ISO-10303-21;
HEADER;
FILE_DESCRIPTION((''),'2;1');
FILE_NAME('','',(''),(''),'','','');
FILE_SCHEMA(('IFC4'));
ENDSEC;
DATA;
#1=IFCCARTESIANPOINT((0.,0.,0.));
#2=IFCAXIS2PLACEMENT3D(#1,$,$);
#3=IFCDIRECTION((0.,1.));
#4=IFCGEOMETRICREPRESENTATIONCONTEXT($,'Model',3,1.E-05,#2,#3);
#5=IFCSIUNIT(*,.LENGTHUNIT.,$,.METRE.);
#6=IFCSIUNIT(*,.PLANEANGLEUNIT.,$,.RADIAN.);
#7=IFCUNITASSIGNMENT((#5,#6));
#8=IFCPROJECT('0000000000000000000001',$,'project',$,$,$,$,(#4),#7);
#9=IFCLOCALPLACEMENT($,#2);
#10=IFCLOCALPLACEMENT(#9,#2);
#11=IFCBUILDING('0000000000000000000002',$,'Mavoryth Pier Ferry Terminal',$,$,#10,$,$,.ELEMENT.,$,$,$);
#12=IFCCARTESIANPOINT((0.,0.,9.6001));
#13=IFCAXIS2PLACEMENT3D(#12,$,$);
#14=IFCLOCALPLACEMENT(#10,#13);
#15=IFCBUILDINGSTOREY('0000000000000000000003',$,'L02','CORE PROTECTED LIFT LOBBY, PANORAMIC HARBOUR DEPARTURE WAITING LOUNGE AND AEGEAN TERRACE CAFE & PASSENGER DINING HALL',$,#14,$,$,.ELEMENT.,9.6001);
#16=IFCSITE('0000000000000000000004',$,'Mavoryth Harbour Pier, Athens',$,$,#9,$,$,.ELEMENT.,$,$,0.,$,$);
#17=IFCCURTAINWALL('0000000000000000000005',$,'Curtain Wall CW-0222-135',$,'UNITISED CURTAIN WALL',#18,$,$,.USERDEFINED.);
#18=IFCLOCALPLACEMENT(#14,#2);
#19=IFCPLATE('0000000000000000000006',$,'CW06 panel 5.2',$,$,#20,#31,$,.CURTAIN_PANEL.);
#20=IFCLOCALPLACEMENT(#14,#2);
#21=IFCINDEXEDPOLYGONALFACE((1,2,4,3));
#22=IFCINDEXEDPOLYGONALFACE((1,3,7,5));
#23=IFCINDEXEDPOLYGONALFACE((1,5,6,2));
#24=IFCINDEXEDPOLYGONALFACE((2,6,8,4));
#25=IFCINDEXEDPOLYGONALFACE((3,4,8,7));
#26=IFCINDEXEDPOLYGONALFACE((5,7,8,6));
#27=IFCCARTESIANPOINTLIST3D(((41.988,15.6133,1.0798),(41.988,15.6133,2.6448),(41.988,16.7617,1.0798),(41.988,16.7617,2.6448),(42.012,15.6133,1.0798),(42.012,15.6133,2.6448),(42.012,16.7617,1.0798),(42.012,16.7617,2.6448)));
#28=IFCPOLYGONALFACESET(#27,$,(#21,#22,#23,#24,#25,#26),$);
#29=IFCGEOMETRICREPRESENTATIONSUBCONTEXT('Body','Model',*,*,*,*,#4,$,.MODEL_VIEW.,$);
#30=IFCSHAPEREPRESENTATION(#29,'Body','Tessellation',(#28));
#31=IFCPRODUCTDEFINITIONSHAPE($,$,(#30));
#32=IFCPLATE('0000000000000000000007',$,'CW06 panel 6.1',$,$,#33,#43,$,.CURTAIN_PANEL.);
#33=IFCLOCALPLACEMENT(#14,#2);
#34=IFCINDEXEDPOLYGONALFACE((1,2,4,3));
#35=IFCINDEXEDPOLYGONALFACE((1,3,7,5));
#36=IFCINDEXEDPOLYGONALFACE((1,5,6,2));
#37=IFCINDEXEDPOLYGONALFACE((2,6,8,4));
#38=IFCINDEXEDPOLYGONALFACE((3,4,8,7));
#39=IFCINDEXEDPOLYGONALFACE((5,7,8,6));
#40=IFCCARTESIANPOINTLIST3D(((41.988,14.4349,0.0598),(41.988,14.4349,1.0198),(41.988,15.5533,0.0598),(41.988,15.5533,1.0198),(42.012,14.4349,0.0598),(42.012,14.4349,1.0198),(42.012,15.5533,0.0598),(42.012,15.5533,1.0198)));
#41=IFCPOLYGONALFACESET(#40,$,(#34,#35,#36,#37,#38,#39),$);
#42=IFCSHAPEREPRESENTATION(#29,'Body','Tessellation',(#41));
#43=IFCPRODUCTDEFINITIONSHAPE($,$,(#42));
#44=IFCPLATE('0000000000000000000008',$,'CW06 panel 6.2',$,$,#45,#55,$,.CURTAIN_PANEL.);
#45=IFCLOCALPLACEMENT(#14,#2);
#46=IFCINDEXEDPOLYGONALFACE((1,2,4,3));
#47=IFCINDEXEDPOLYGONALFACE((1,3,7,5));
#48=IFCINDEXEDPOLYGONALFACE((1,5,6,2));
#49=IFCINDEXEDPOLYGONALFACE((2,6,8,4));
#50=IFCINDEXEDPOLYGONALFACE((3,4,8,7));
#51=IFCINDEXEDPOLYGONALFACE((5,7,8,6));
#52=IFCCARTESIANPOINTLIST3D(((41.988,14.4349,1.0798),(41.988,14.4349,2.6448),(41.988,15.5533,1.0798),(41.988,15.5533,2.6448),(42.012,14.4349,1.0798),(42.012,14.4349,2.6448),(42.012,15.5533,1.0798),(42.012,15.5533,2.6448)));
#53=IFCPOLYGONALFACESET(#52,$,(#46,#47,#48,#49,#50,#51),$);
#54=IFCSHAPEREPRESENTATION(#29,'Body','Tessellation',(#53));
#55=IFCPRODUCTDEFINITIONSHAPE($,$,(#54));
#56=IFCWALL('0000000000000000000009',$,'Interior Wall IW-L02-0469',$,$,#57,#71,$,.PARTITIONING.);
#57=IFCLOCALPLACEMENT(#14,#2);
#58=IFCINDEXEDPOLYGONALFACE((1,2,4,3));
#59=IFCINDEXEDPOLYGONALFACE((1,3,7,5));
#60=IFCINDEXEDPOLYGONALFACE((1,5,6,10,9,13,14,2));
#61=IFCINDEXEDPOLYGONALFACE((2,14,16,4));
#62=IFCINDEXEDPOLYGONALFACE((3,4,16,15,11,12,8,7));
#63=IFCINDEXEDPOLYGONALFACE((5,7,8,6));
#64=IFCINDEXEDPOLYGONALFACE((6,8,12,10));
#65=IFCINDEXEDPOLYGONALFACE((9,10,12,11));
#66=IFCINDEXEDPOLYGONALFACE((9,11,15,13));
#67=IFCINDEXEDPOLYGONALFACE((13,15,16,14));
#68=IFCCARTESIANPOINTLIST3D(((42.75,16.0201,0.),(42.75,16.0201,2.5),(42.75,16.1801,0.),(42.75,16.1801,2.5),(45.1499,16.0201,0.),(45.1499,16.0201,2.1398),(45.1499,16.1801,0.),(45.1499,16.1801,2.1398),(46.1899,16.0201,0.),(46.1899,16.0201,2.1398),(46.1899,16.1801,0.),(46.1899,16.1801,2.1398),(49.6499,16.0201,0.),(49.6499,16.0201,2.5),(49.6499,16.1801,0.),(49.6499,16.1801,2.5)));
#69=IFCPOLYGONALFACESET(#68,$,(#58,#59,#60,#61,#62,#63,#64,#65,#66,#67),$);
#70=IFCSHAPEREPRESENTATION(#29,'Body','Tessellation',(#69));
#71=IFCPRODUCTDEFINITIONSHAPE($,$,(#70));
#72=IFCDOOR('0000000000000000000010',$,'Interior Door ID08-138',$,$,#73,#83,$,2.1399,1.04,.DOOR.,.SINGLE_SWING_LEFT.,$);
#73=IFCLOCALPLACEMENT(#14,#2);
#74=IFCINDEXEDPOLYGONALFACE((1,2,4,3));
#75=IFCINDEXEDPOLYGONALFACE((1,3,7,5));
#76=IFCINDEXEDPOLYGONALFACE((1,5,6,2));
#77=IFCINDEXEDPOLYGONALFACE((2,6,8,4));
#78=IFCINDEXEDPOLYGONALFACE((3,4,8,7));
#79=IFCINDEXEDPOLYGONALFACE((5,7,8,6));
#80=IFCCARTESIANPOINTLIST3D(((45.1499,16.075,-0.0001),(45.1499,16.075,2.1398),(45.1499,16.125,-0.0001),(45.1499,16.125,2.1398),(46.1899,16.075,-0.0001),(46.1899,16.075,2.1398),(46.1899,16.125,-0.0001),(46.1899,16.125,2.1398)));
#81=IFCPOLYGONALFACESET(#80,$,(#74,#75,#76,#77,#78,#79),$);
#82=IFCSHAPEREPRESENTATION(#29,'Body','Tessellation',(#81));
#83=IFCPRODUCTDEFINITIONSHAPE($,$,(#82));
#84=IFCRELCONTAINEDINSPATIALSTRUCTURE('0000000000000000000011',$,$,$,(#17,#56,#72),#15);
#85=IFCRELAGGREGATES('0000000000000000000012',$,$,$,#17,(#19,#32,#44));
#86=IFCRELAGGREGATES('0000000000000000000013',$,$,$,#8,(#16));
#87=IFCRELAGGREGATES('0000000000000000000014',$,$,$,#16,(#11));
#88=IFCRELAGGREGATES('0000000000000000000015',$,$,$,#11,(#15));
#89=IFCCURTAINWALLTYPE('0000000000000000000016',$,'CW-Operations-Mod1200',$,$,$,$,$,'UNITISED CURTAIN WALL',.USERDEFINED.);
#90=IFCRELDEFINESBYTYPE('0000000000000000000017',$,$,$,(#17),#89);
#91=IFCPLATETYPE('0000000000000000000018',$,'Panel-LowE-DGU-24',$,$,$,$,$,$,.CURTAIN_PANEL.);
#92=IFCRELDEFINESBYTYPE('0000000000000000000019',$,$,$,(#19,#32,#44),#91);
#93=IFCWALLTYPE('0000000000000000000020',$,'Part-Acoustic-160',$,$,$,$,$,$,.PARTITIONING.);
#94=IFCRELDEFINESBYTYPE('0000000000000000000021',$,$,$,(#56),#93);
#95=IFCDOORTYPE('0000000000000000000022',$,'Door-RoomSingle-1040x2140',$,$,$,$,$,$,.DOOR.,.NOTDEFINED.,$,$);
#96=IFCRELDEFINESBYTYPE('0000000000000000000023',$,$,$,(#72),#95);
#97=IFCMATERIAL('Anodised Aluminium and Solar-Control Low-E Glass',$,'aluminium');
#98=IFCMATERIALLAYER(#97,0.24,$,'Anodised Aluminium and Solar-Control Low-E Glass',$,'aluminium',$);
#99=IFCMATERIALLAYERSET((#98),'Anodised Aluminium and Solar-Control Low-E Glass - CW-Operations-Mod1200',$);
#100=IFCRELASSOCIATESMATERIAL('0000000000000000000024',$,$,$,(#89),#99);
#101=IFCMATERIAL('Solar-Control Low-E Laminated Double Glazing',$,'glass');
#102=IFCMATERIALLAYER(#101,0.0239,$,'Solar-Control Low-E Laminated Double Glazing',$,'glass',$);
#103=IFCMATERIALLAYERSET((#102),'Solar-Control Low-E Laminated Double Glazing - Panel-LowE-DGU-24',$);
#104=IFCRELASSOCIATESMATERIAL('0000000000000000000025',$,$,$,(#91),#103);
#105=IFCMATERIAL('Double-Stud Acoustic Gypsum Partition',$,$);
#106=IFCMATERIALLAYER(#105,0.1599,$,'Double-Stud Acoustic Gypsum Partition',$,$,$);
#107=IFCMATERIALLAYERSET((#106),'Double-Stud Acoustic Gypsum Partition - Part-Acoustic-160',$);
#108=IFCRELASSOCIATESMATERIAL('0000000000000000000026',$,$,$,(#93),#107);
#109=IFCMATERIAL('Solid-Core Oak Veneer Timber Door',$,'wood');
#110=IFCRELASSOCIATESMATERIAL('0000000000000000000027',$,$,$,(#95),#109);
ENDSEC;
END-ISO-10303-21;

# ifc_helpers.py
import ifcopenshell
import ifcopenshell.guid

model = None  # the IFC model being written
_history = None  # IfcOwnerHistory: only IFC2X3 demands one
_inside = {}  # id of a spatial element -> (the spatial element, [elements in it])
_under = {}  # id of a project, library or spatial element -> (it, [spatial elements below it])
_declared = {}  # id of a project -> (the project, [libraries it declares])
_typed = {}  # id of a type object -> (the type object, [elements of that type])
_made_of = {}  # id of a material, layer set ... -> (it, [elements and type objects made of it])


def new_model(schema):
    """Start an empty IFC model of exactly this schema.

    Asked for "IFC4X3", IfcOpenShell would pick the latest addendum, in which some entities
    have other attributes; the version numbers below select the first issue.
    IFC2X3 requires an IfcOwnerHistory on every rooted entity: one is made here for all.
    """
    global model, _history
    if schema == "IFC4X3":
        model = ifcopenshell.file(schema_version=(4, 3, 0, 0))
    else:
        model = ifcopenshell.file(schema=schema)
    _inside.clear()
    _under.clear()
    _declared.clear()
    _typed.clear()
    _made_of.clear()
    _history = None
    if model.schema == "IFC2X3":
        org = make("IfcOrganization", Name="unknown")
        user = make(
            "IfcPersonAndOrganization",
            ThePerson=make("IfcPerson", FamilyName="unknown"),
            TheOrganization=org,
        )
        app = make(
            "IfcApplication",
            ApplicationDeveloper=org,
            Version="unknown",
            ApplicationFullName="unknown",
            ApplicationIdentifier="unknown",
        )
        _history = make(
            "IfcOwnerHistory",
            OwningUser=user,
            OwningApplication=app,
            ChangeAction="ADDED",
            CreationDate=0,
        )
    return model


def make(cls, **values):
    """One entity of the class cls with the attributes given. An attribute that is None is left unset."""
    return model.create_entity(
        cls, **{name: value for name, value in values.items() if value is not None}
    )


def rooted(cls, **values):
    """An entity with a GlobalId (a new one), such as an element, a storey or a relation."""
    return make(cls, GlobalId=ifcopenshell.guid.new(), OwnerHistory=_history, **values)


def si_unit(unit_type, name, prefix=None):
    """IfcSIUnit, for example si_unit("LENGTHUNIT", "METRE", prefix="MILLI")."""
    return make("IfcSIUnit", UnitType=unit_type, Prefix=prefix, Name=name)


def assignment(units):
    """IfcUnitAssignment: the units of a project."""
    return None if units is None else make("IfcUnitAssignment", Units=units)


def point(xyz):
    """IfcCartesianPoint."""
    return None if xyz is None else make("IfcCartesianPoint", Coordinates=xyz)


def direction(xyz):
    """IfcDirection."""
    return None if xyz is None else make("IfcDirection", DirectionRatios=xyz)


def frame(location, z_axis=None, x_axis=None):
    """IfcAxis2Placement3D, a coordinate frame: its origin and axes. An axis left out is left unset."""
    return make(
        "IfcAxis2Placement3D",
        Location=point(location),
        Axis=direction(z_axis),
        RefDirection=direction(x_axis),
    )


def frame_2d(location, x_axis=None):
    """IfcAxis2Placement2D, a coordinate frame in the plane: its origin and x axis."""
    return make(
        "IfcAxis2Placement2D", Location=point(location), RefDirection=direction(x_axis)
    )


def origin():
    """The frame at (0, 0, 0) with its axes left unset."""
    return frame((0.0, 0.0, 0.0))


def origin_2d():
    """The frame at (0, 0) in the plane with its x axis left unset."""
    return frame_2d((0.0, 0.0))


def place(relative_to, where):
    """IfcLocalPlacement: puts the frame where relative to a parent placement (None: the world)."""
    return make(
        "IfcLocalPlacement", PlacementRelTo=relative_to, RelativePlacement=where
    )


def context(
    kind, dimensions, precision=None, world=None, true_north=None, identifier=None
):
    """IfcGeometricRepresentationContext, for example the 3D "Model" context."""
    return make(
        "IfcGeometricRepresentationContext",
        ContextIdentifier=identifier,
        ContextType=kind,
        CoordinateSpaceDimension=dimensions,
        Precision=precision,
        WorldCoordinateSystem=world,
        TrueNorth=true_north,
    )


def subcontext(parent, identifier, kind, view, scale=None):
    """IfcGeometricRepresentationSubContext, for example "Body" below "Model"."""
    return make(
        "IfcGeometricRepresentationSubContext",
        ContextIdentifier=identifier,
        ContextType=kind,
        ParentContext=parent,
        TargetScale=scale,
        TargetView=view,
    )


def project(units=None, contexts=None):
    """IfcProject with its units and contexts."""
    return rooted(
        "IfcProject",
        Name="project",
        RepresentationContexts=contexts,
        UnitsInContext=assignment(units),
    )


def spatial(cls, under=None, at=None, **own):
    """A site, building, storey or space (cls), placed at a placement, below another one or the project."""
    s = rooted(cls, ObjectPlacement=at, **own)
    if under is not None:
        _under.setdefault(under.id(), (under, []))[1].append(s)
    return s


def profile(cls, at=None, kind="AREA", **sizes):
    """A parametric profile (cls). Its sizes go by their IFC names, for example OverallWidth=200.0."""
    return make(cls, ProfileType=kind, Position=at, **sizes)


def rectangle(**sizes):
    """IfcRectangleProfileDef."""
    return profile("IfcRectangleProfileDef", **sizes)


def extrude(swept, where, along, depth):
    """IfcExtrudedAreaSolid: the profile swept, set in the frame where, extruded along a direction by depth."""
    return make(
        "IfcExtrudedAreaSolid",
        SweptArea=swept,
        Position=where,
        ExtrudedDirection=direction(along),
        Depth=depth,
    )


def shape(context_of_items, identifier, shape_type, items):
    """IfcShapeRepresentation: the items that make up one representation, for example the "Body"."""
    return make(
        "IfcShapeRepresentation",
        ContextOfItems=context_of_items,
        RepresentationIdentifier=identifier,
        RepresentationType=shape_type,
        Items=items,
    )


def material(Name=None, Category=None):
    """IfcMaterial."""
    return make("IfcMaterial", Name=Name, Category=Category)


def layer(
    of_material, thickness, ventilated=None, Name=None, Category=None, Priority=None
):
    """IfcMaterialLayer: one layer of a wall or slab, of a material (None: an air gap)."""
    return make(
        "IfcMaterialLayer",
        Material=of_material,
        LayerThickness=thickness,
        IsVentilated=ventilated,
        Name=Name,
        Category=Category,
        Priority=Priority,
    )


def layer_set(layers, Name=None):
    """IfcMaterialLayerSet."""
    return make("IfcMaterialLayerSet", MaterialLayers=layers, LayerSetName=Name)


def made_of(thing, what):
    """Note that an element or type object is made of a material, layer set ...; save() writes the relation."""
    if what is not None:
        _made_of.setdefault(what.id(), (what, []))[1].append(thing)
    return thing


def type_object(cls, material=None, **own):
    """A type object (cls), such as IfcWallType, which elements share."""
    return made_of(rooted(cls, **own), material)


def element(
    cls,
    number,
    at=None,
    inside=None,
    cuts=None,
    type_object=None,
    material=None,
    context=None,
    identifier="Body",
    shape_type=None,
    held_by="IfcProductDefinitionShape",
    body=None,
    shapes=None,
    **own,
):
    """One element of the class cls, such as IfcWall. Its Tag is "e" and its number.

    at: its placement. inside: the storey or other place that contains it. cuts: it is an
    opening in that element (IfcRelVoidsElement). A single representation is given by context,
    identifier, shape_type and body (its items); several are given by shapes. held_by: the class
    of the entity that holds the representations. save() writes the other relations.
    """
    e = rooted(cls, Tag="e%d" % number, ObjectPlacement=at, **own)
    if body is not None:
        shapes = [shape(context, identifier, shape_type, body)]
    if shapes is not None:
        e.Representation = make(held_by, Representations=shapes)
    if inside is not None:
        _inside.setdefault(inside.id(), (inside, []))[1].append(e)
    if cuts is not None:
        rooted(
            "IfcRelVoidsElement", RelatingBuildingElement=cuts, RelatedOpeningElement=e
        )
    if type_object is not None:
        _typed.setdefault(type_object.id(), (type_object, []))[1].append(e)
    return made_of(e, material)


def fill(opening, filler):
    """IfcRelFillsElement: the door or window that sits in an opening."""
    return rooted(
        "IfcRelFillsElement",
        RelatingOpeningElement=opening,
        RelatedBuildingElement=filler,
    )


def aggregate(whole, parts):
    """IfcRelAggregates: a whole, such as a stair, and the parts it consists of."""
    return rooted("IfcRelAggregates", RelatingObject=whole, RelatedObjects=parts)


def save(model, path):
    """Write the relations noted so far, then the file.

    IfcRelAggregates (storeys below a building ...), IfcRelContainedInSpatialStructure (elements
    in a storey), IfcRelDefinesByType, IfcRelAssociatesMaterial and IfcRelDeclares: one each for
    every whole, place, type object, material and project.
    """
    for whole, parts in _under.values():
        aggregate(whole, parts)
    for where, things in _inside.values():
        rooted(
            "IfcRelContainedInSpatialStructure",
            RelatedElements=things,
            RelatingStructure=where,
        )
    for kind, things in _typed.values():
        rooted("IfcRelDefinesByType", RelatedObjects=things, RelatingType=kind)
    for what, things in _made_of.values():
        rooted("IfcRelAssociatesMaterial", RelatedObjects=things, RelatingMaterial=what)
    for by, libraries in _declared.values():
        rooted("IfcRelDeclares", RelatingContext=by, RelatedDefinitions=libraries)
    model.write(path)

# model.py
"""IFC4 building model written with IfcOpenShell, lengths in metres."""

from ifc_helpers import new_model, si_unit, direction, frame, frame_2d, origin, origin_2d, place, context, subcontext, project, spatial, rectangle, extrude, material, layer, layer_set, type_object, element, fill, aggregate, save


model = new_model("IFC4")

# Units and contexts
model_context = context("Model", 3, precision=1e-05, world=origin(), true_north=direction((0.0, 1.0)))
body_context = subcontext(model_context, "Body", "Model", "MODEL_VIEW")
ifc_project = project(units=[si_unit("LENGTHUNIT", "METRE"), si_unit("PLANEANGLEUNIT", "RADIAN")], contexts=[model_context])

# Site, building, storey
site_placement = place(None, origin())
site = spatial("IfcSite", under=ifc_project, at=site_placement, Name="Mavoryth Harbour Pier, Athens", CompositionType="ELEMENT", RefElevation=0.0)
building_placement = place(site_placement, origin())
building = spatial("IfcBuilding", under=site, at=building_placement, Name="Mavoryth Pier Ferry Terminal", CompositionType="ELEMENT")
storey_placement = place(building_placement, frame((0.0, 0.0, 9.6001)))
storey = spatial("IfcBuildingStorey", under=building, at=storey_placement, Name="L02", Description="CORE PROTECTED LIFT LOBBY, PANORAMIC HARBOUR DEPARTURE WAITING LOUNGE AND AEGEAN TERRACE CAFE & PASSENGER DINING HALL", CompositionType="ELEMENT", Elevation=9.6001)

# Curtain wall
ifc_material_1 = material(Name="Anodised Aluminium and Solar-Control Low-E Glass", Category="aluminium")
ifc_layer_1 = layer(ifc_material_1, 0.24, Name="Anodised Aluminium and Solar-Control Low-E Glass", Category="aluminium")
ifc_layer_set_1 = layer_set([ifc_layer_1], Name="Anodised Aluminium and Solar-Control Low-E Glass - CW-Operations-Mod1200")
curtain_wall_type = type_object("IfcCurtainWallType", Name="CW-Operations-Mod1200", ElementType="UNITISED CURTAIN WALL", PredefinedType="USERDEFINED", material=ifc_layer_set_1)
curtain_wall_placement = place(storey_placement, origin())
curtain_wall = element("IfcCurtainWall", 1, at=curtain_wall_placement, inside=storey, type_object=curtain_wall_type, Name="Curtain Wall CW-0222-135", ObjectType="UNITISED CURTAIN WALL", PredefinedType="USERDEFINED")

# Plates
ifc_material_2 = material(Name="Solar-Control Low-E Laminated Double Glazing", Category="glass")
ifc_layer_2 = layer(ifc_material_2, 0.0239, Name="Solar-Control Low-E Laminated Double Glazing", Category="glass")
ifc_layer_set_2 = layer_set([ifc_layer_2], Name="Solar-Control Low-E Laminated Double Glazing - Panel-LowE-DGU-24")
plate_type = type_object("IfcPlateType", Name="Panel-LowE-DGU-24", PredefinedType="CURTAIN_PANEL", material=ifc_layer_set_2)
plate_1_placement = place(storey_placement, frame((42.0, 16.1875, 1.0798), z_axis=(0.0, 0.0, 1.0), x_axis=(0.0, -1.0, 0.0)))
plate_1 = element("IfcPlate", 2, at=plate_1_placement, type_object=plate_type, Name="CW06 panel 5.2", PredefinedType="CURTAIN_PANEL", context=body_context, shape_type="SweptSolid", body=[
    extrude(rectangle(XDim=1.1484, YDim=0.0239, at=origin_2d()), origin(), (0.0, 0.0, 1.0), 1.5649),
])
plate_2_placement = place(storey_placement, frame((42.0, 14.9941, 0.0598), z_axis=(0.0, 0.0, 1.0), x_axis=(0.0, -1.0, 0.0)))
plate_2 = element("IfcPlate", 3, at=plate_2_placement, type_object=plate_type, Name="CW06 panel 6.1", PredefinedType="CURTAIN_PANEL", context=body_context, shape_type="SweptSolid", body=[
    extrude(rectangle(XDim=1.1184, YDim=0.0239, at=origin_2d()), origin(), (0.0, 0.0, 1.0), 0.96),
])
plate_3_placement = place(storey_placement, frame((42.0, 14.9941, 1.0798), z_axis=(0.0, 0.0, 1.0), x_axis=(0.0, -1.0, 0.0)))
plate_3 = element("IfcPlate", 4, at=plate_3_placement, type_object=plate_type, Name="CW06 panel 6.2", PredefinedType="CURTAIN_PANEL", context=body_context, shape_type="SweptSolid", body=[
    extrude(rectangle(XDim=1.1184, YDim=0.0239, at=origin_2d()), origin(), (0.0, 0.0, 1.0), 1.5649),
])
aggregate(curtain_wall, [plate_1, plate_2, plate_3])

# Wall, opening, door
ifc_material_3 = material(Name="Double-Stud Acoustic Gypsum Partition")
ifc_layer_3 = layer(ifc_material_3, 0.1599, Name="Double-Stud Acoustic Gypsum Partition")
ifc_layer_set_3 = layer_set([ifc_layer_3], Name="Double-Stud Acoustic Gypsum Partition - Part-Acoustic-160")
wall_type = type_object("IfcWallType", Name="Part-Acoustic-160", PredefinedType="PARTITIONING", material=ifc_layer_set_3)
wall_placement = place(storey_placement, frame((42.75, 16.1001, 0.0), z_axis=(0.0, 0.0, 1.0), x_axis=(1.0, 0.0, 0.0)))
wall = element("IfcWall", 5, at=wall_placement, inside=storey, type_object=wall_type, Name="Interior Wall IW-L02-0469", PredefinedType="PARTITIONING", context=body_context, shape_type="SweptSolid", body=[
    extrude(rectangle(XDim=6.8999, YDim=0.1599, at=frame_2d((3.45, 0.0))), origin(), (0.0, 0.0, 1.0), 2.5),
])
opening_placement = place(wall_placement, frame((2.3999, 0.0, 0.0)))
opening = element("IfcOpeningElement", 6, at=opening_placement, cuts=wall, PredefinedType="OPENING", context=body_context, shape_type="SweptSolid", body=[
    extrude(rectangle(XDim=1.04, YDim=2.1399, at=frame_2d((0.52, 1.0698))), frame((0.0, 0.0898, 0.0), z_axis=(0.0, -1.0, 0.0), x_axis=(1.0, 0.0, 0.0)), (0.0, 0.0, 1.0), 0.1799),
])
ifc_material_4 = material(Name="Solid-Core Oak Veneer Timber Door", Category="wood")
door_type = type_object("IfcDoorType", Name="Door-RoomSingle-1040x2140", OperationType="NOTDEFINED", PredefinedType="DOOR", material=ifc_material_4)
door_placement = place(opening_placement, origin())
door = element("IfcDoor", 7, at=door_placement, inside=storey, type_object=door_type, Name="Interior Door ID08-138", OperationType="SINGLE_SWING_LEFT", OverallHeight=2.1399, OverallWidth=1.04, PredefinedType="DOOR", context=body_context, shape_type="SweptSolid", body=[
    extrude(rectangle(XDim=1.04, YDim=2.1399, at=frame_2d((0.52, 1.0698))), frame((0.0, 0.0249, 0.0), z_axis=(0.0, -1.0, 0.0), x_axis=(1.0, 0.0, 0.0)), (0.0, 0.0, 1.0), 0.05),
])
fill(opening, door)

save(model, "model.ifc")
